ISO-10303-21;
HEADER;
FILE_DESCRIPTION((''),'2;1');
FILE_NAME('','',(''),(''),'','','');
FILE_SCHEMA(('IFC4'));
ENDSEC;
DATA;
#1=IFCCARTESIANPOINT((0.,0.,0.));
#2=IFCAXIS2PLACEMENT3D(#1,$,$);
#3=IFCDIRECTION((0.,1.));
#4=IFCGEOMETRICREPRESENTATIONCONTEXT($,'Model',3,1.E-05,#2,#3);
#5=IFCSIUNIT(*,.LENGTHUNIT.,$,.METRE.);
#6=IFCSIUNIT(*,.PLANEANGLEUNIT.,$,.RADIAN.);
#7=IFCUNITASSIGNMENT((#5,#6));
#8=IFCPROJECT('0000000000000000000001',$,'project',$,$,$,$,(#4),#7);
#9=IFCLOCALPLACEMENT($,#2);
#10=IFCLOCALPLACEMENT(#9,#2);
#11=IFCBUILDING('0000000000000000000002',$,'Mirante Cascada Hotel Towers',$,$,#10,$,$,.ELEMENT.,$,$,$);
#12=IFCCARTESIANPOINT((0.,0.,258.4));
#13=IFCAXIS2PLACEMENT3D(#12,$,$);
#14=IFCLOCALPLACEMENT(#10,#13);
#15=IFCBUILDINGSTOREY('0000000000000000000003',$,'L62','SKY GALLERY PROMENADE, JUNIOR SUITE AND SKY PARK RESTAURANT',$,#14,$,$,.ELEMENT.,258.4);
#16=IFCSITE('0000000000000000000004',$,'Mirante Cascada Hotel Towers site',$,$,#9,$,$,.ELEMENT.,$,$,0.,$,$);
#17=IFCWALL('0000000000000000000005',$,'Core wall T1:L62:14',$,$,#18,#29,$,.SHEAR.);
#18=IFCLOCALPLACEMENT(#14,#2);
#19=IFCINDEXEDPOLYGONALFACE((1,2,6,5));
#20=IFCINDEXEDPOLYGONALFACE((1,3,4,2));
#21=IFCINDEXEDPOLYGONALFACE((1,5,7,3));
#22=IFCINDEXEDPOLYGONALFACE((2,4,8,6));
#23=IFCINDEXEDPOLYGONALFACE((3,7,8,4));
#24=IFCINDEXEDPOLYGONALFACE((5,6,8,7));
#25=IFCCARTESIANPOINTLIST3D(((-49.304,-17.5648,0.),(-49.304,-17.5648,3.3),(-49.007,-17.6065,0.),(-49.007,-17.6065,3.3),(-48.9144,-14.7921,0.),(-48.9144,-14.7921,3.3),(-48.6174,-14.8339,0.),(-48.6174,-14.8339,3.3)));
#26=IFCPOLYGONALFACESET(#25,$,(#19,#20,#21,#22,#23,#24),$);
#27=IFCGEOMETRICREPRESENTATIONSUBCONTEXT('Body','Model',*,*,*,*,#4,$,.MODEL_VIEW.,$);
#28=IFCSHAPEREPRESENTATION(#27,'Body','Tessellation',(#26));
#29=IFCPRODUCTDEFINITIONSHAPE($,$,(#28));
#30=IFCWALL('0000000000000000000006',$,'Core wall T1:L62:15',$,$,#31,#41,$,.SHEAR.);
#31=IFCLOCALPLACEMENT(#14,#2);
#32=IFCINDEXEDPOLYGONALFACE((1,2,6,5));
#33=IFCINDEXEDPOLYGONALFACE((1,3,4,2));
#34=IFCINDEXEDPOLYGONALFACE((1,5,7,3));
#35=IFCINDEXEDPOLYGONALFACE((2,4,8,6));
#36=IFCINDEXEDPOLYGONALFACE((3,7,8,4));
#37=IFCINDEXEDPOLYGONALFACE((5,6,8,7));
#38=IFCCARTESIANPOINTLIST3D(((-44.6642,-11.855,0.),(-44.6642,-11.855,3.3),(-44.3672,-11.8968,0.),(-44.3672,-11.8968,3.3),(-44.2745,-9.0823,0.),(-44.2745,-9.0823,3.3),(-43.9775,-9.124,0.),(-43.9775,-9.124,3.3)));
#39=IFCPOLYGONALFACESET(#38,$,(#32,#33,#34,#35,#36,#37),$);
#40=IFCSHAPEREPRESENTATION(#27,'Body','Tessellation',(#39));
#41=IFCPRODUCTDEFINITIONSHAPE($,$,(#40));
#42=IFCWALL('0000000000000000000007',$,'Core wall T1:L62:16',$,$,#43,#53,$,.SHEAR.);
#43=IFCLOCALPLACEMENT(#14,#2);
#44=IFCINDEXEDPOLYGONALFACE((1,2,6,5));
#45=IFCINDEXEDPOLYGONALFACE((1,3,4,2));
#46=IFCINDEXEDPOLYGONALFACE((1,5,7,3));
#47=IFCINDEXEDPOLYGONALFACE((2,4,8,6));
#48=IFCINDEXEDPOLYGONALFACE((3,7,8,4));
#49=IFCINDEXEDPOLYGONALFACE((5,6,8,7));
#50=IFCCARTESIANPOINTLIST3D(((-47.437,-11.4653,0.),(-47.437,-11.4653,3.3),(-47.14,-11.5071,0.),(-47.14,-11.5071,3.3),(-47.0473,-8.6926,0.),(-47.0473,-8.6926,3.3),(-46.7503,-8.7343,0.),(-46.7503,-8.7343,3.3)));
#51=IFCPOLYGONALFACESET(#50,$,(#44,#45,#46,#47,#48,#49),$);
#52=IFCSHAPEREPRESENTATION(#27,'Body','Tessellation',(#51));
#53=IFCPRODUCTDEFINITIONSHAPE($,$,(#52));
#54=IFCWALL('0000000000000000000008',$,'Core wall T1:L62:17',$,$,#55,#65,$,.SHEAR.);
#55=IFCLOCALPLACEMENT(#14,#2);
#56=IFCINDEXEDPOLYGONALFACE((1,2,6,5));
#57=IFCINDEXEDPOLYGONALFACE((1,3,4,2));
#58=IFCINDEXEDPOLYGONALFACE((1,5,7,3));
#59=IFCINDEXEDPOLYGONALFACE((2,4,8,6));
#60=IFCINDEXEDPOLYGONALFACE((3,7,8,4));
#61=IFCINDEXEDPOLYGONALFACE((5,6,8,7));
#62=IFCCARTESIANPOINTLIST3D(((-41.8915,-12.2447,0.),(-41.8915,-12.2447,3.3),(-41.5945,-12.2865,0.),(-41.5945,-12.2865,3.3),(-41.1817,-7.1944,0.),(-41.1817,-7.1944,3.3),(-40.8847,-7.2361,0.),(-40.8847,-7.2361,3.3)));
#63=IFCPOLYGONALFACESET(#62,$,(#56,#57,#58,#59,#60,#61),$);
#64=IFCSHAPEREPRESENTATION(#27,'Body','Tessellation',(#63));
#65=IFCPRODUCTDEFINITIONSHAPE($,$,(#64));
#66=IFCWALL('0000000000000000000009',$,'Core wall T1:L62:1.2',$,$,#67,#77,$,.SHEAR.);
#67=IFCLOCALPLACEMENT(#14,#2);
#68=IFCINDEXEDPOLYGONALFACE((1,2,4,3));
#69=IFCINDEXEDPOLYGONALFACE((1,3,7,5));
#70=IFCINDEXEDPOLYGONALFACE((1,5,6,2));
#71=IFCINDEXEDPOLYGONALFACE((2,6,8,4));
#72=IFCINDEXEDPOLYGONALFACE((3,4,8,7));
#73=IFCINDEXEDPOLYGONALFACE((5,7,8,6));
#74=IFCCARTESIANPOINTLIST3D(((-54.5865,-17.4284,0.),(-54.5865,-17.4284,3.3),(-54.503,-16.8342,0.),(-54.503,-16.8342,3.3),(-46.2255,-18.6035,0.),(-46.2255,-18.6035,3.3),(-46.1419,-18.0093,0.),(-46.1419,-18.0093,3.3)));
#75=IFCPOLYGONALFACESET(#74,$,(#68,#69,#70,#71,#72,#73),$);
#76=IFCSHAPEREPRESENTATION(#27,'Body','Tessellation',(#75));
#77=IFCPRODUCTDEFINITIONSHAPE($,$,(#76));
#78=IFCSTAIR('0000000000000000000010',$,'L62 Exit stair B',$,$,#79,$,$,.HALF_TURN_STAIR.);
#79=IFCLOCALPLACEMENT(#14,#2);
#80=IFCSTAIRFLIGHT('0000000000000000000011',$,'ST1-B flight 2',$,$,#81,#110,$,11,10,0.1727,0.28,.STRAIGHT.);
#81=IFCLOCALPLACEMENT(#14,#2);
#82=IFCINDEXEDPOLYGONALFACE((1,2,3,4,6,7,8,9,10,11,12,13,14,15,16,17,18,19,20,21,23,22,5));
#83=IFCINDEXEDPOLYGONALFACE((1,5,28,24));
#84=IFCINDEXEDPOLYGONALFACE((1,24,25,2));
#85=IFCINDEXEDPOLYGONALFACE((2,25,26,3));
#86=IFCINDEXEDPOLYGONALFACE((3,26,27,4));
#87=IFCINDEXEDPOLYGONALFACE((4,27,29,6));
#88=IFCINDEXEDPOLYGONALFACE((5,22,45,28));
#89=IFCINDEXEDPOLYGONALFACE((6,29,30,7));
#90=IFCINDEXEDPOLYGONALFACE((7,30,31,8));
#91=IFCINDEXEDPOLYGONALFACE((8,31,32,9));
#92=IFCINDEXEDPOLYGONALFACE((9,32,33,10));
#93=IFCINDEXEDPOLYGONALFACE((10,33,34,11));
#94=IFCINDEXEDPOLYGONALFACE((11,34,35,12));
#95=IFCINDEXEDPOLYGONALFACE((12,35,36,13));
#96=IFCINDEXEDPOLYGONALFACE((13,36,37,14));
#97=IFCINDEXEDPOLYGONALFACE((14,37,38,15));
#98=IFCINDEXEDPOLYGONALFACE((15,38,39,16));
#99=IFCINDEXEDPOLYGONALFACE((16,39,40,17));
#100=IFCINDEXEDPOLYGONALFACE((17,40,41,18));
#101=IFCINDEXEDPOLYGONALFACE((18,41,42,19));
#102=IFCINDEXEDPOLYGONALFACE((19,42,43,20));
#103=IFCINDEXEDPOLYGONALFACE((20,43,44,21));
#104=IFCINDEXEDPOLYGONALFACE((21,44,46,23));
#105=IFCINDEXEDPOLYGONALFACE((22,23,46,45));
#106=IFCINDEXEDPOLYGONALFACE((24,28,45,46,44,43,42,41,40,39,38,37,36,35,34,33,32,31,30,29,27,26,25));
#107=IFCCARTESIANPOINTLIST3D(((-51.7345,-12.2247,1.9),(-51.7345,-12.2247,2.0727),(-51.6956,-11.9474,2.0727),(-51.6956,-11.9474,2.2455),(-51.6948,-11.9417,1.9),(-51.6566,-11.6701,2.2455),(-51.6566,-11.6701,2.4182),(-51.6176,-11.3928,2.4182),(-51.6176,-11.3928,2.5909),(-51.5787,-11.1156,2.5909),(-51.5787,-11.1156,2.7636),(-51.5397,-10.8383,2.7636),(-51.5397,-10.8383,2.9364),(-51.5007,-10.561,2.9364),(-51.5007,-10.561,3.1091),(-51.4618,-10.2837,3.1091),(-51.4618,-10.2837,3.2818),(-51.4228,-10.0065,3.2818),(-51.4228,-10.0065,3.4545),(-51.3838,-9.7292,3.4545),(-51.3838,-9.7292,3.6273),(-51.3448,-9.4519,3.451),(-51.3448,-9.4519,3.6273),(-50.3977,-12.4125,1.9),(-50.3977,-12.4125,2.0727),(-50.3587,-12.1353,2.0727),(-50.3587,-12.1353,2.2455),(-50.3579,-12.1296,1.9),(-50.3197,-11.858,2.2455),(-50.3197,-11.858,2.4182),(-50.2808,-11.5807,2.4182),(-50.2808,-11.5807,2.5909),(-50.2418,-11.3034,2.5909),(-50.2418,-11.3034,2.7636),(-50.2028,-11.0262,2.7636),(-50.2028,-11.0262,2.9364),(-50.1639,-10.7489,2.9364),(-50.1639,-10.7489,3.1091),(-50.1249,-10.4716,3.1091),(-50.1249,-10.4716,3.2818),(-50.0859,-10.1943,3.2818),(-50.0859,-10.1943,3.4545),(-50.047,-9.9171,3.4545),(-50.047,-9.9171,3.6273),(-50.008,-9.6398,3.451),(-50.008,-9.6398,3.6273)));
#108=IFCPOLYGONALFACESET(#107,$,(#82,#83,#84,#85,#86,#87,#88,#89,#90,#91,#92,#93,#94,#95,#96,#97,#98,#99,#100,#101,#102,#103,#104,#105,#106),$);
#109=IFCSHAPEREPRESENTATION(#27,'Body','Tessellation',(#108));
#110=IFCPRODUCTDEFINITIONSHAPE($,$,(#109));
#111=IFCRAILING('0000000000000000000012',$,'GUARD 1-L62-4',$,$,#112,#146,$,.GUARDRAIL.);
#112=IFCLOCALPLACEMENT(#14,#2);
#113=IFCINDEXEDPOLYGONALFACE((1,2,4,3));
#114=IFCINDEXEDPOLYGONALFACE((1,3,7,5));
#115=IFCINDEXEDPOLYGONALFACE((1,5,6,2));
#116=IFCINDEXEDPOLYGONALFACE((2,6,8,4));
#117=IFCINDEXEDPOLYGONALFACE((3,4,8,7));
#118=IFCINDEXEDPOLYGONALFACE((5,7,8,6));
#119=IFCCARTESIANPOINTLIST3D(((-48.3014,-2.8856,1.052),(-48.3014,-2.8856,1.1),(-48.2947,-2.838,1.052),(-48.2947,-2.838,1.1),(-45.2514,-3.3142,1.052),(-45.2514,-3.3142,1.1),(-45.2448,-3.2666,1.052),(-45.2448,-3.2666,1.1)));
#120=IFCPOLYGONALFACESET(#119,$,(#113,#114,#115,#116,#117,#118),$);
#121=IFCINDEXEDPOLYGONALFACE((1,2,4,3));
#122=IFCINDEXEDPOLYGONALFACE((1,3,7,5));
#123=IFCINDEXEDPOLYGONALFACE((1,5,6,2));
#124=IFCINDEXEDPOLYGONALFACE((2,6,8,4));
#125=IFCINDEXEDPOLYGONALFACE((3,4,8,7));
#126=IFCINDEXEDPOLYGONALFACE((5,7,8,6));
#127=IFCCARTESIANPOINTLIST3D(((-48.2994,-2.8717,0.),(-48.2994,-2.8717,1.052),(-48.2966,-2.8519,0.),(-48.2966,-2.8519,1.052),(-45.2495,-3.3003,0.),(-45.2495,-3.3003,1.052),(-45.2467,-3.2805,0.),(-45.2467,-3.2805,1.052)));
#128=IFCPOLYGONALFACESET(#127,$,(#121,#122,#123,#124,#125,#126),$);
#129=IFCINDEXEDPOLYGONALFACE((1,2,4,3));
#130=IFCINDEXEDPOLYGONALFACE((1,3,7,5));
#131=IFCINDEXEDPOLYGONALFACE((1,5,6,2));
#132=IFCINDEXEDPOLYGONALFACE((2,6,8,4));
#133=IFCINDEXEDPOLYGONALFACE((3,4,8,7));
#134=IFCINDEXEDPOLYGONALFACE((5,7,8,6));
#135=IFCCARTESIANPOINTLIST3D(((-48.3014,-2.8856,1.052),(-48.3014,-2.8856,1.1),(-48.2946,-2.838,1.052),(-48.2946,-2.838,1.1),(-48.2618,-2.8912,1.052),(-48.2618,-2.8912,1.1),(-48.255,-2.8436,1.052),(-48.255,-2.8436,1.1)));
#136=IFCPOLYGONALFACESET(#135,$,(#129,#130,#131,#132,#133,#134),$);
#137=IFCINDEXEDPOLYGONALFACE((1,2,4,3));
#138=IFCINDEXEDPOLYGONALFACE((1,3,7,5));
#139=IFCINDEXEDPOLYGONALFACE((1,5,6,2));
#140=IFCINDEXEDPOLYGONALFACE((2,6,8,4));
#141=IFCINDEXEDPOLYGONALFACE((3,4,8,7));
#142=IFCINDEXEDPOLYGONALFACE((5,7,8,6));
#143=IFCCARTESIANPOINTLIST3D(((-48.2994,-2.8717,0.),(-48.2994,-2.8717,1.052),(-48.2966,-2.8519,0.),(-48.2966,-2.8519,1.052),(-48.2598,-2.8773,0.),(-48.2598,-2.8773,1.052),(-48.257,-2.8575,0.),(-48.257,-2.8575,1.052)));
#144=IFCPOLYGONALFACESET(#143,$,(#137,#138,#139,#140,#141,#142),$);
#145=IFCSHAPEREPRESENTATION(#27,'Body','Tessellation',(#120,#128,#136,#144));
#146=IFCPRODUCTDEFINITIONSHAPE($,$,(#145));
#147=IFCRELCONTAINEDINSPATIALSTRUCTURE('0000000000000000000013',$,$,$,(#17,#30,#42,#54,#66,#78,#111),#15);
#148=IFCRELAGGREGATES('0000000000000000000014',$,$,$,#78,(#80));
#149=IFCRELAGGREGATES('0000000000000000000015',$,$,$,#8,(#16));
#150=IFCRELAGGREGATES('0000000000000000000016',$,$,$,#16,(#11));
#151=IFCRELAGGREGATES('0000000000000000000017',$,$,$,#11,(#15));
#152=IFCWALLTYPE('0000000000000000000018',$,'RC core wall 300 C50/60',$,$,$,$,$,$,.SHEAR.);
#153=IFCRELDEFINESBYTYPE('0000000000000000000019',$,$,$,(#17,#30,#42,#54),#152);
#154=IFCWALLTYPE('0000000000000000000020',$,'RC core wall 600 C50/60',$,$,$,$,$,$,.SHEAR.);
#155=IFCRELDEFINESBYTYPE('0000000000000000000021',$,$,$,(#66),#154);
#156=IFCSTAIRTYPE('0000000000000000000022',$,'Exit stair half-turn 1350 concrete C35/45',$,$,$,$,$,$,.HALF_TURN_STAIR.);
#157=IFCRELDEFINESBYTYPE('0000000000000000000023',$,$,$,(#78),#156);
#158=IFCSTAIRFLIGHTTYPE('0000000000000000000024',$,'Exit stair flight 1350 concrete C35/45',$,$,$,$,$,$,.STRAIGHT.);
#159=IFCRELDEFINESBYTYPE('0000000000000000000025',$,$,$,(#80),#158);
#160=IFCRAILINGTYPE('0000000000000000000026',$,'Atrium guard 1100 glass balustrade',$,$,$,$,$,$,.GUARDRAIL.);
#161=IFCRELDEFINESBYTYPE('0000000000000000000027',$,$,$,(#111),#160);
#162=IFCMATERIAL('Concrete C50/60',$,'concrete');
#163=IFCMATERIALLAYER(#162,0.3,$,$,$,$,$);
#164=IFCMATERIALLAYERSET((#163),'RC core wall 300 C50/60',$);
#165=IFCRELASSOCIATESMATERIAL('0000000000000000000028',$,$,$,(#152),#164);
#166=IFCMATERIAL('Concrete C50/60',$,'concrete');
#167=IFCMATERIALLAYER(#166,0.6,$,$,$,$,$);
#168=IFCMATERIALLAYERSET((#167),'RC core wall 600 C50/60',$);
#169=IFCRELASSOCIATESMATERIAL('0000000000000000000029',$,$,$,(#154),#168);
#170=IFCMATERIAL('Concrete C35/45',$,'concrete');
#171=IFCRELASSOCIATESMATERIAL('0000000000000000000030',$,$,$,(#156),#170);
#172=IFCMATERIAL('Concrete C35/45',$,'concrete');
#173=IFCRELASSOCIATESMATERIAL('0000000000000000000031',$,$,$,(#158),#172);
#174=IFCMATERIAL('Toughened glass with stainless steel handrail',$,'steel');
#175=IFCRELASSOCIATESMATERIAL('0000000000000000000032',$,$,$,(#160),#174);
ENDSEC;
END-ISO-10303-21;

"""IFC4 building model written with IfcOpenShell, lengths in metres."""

from ifc_helpers import new_model, si_unit, direction, frame, frame_2d, origin, origin_2d, place, context, subcontext, project, spatial, polyline, rectangle, outline, extrude, material, layer, layer_set, type_object, element, aggregate, save


model = new_model("IFC4")

# Units and contexts
model_context = context("Model", 3, precision=1e-05, world=origin(), true_north=direction((0.0, 1.0)))
body_context = subcontext(model_context, "Body", "Model", "MODEL_VIEW")
ifc_project = project(units=[si_unit("LENGTHUNIT", "METRE"), si_unit("PLANEANGLEUNIT", "RADIAN")], contexts=[model_context])

# Site, building, storey
site_placement = place(None, origin())
site = spatial("IfcSite", under=ifc_project, at=site_placement, Name="Mirante Cascada Hotel Towers site", CompositionType="ELEMENT", RefElevation=0.0)
building_placement = place(site_placement, origin())
building = spatial("IfcBuilding", under=site, at=building_placement, Name="Mirante Cascada Hotel Towers", CompositionType="ELEMENT")
storey_placement = place(building_placement, frame((0.0, 0.0, 258.4)))
storey = spatial("IfcBuildingStorey", under=building, at=storey_placement, Name="L62", Description="SKY GALLERY PROMENADE, JUNIOR SUITE AND SKY PARK RESTAURANT", CompositionType="ELEMENT", Elevation=258.4)

# Shared definitions
ifc_material_1 = material(Name="Concrete C50/60", Category="concrete")
ifc_layer_1 = layer(ifc_material_1, 0.3)
ifc_layer_set_1 = layer_set([ifc_layer_1], Name="RC core wall 300 C50/60")
wall_type_1 = type_object("IfcWallType", Name="RC core wall 300 C50/60", PredefinedType="SHEAR", material=ifc_layer_set_1)

# Walls
wall_1_placement = place(storey_placement, frame((-49.1555, -17.5857, 0.0), z_axis=(0.0, 0.0, 1.0), x_axis=(0.139146, 0.990272, 0.0)))
element("IfcWall", 1, at=wall_1_placement, inside=storey, type_object=wall_type_1, Name="Core wall T1:L62:14", PredefinedType="SHEAR", context=body_context, shape_type="SweptSolid", body=[
    extrude(rectangle(XDim=2.7999, YDim=0.3, at=frame_2d((1.4, 0.0))), origin(), (0.0, 0.0, 1.0), 3.3),
])
for number, where, z_axis, x_axis, name in (
    (2, (-44.5157, -11.8759, 0.0), (0.0, 0.0, 1.0), (0.139181, 0.990267, 0.0), "Core wall T1:L62:15"),
    (3, (-47.2885, -11.4862, 0.0), (0.0, 0.0, 1.0), (0.139181, 0.990267, 0.0), "Core wall T1:L62:16"),
):
    element("IfcWall", number, at=place(storey_placement, frame(where, z_axis=z_axis, x_axis=x_axis)), inside=storey, type_object=wall_type_1, Name=name, PredefinedType="SHEAR", context=body_context, shape_type="SweptSolid", body=[
        extrude(rectangle(XDim=2.8, YDim=0.3, at=frame_2d((1.4, 0.0))), origin(), (0.0, 0.0, 1.0), 3.3),
    ])
wall_2_placement = place(storey_placement, frame((-41.743, -12.2656, 0.0), z_axis=(0.0, 0.0, 1.0), x_axis=(0.139176, 0.990268, 0.0)))
element("IfcWall", 4, at=wall_2_placement, inside=storey, type_object=wall_type_1, Name="Core wall T1:L62:17", PredefinedType="SHEAR", context=body_context, shape_type="SweptSolid", body=[
    extrude(rectangle(XDim=5.1, YDim=0.3, at=frame_2d((2.55, 0.0))), origin(), (0.0, 0.0, 1.0), 3.3),
])
ifc_material_2 = material(Name="Concrete C50/60", Category="concrete")
ifc_layer_2 = layer(ifc_material_2, 0.6)
ifc_layer_set_2 = layer_set([ifc_layer_2], Name="RC core wall 600 C50/60")
wall_type_2 = type_object("IfcWallType", Name="RC core wall 600 C50/60", PredefinedType="SHEAR", material=ifc_layer_set_2)
wall_3_placement = place(storey_placement, frame((-46.1837, -18.3064, 0.0), z_axis=(0.0, 0.0, 1.0), x_axis=(-0.990267, 0.139178, 0.0)))
element("IfcWall", 5, at=wall_3_placement, inside=storey, type_object=wall_type_2, Name="Core wall T1:L62:1.2", PredefinedType="SHEAR", context=body_context, shape_type="SweptSolid", body=[
    extrude(rectangle(XDim=8.4432, YDim=0.6, at=frame_2d((4.2216, 0.0))), origin(), (0.0, 0.0, 1.0), 3.3),
])

# Stair, stair flight
ifc_material_3 = material(Name="Concrete C35/45", Category="concrete")
stair_type = type_object("IfcStairType", Name="Exit stair half-turn 1350 concrete C35/45", PredefinedType="HALF_TURN_STAIR", material=ifc_material_3)
stair_placement = place(storey_placement, origin())
stair = element("IfcStair", 6, at=stair_placement, inside=storey, type_object=stair_type, Name="L62 Exit stair B", PredefinedType="HALF_TURN_STAIR")
ifc_material_4 = material(Name="Concrete C35/45", Category="concrete")
stair_flight_type = type_object("IfcStairFlightType", Name="Exit stair flight 1350 concrete C35/45", PredefinedType="STRAIGHT", material=ifc_material_4)
stair_flight_placement = place(storey_placement, frame((-51.0661, -12.3186, 1.9), z_axis=(0.0, 0.0, 1.0), x_axis=(0.139173, 0.990268, 0.0)))
stair_flight = element("IfcStairFlight", 7, at=stair_flight_placement, type_object=stair_flight_type, Name="ST1-B flight 2", NumberOfRisers=11, NumberOfTreads=10, PredefinedType="STRAIGHT", RiserHeight=0.1727, TreadLength=0.28, context=body_context, shape_type="SweptSolid", body=[
    extrude(outline(polyline([(0.0, 0.0), (0.0, 0.1727), (0.28, 0.1727), (0.28, 0.3455), (0.56, 0.3455), (0.56, 0.5182), (0.84, 0.5182), (0.84, 0.6909), (1.12, 0.6909), (1.12, 0.8636), (1.4, 0.8636), (1.4, 1.0364), (1.68, 1.0364), (1.68, 1.2091), (1.96, 1.2091), (1.96, 1.3818), (2.24, 1.3818), (2.24, 1.5545), (2.52, 1.5545), (2.52, 1.7273), (2.8, 1.7273), (2.8, 1.9), (2.8, 1.551), (0.2857, 0.0), (0.0, 0.0)])), frame((0.0, 0.675, 0.0), z_axis=(0.0, -1.0, 0.0), x_axis=(1.0, 0.0, 0.0)), (0.0, 0.0, 1.0), 1.35),
])
aggregate(stair, [stair_flight])

# Railing
ifc_material_5 = material(Name="Toughened glass with stainless steel handrail", Category="steel")
railing_type = type_object("IfcRailingType", Name="Atrium guard 1100 glass balustrade", PredefinedType="GUARDRAIL", material=ifc_material_5)
railing_placement = place(storey_placement, frame((-45.2481, -3.2904, 0.0)))
element("IfcRailing", 8, at=railing_placement, inside=storey, type_object=railing_type, Name="GUARD 1-L62-4", PredefinedType="GUARDRAIL", context=body_context, shape_type="SweptSolid", body=[
    extrude(rectangle(XDim=0.048, YDim=0.048, at=origin_2d()), frame((0.0, 0.0, 1.076), z_axis=(-0.99027, 0.139162, 0.0), x_axis=(-0.139162, -0.99027, 0.0)), (0.0, 0.0, 1.0), 3.0799),
    extrude(rectangle(XDim=0.02, YDim=1.052, at=origin_2d()), frame((0.0, 0.0, 0.526), z_axis=(-0.99027, 0.139162, 0.0), x_axis=(-0.139162, -0.99027, 0.0)), (0.0, 0.0, 1.0), 3.0799),
    extrude(rectangle(XDim=0.048, YDim=0.048, at=origin_2d()), frame((-3.0499, 0.4286, 1.076), z_axis=(0.990148, -0.140021, 0.0), x_axis=(0.140021, 0.990148, 0.0)), (0.0, 0.0, 1.0), 0.04),
    extrude(rectangle(XDim=0.02, YDim=1.052, at=origin_2d()), frame((-3.0499, 0.4286, 0.526), z_axis=(0.990148, -0.140021, 0.0), x_axis=(0.140021, 0.990148, 0.0)), (0.0, 0.0, 1.0), 0.04),
])

save(model, "model.ifc")
